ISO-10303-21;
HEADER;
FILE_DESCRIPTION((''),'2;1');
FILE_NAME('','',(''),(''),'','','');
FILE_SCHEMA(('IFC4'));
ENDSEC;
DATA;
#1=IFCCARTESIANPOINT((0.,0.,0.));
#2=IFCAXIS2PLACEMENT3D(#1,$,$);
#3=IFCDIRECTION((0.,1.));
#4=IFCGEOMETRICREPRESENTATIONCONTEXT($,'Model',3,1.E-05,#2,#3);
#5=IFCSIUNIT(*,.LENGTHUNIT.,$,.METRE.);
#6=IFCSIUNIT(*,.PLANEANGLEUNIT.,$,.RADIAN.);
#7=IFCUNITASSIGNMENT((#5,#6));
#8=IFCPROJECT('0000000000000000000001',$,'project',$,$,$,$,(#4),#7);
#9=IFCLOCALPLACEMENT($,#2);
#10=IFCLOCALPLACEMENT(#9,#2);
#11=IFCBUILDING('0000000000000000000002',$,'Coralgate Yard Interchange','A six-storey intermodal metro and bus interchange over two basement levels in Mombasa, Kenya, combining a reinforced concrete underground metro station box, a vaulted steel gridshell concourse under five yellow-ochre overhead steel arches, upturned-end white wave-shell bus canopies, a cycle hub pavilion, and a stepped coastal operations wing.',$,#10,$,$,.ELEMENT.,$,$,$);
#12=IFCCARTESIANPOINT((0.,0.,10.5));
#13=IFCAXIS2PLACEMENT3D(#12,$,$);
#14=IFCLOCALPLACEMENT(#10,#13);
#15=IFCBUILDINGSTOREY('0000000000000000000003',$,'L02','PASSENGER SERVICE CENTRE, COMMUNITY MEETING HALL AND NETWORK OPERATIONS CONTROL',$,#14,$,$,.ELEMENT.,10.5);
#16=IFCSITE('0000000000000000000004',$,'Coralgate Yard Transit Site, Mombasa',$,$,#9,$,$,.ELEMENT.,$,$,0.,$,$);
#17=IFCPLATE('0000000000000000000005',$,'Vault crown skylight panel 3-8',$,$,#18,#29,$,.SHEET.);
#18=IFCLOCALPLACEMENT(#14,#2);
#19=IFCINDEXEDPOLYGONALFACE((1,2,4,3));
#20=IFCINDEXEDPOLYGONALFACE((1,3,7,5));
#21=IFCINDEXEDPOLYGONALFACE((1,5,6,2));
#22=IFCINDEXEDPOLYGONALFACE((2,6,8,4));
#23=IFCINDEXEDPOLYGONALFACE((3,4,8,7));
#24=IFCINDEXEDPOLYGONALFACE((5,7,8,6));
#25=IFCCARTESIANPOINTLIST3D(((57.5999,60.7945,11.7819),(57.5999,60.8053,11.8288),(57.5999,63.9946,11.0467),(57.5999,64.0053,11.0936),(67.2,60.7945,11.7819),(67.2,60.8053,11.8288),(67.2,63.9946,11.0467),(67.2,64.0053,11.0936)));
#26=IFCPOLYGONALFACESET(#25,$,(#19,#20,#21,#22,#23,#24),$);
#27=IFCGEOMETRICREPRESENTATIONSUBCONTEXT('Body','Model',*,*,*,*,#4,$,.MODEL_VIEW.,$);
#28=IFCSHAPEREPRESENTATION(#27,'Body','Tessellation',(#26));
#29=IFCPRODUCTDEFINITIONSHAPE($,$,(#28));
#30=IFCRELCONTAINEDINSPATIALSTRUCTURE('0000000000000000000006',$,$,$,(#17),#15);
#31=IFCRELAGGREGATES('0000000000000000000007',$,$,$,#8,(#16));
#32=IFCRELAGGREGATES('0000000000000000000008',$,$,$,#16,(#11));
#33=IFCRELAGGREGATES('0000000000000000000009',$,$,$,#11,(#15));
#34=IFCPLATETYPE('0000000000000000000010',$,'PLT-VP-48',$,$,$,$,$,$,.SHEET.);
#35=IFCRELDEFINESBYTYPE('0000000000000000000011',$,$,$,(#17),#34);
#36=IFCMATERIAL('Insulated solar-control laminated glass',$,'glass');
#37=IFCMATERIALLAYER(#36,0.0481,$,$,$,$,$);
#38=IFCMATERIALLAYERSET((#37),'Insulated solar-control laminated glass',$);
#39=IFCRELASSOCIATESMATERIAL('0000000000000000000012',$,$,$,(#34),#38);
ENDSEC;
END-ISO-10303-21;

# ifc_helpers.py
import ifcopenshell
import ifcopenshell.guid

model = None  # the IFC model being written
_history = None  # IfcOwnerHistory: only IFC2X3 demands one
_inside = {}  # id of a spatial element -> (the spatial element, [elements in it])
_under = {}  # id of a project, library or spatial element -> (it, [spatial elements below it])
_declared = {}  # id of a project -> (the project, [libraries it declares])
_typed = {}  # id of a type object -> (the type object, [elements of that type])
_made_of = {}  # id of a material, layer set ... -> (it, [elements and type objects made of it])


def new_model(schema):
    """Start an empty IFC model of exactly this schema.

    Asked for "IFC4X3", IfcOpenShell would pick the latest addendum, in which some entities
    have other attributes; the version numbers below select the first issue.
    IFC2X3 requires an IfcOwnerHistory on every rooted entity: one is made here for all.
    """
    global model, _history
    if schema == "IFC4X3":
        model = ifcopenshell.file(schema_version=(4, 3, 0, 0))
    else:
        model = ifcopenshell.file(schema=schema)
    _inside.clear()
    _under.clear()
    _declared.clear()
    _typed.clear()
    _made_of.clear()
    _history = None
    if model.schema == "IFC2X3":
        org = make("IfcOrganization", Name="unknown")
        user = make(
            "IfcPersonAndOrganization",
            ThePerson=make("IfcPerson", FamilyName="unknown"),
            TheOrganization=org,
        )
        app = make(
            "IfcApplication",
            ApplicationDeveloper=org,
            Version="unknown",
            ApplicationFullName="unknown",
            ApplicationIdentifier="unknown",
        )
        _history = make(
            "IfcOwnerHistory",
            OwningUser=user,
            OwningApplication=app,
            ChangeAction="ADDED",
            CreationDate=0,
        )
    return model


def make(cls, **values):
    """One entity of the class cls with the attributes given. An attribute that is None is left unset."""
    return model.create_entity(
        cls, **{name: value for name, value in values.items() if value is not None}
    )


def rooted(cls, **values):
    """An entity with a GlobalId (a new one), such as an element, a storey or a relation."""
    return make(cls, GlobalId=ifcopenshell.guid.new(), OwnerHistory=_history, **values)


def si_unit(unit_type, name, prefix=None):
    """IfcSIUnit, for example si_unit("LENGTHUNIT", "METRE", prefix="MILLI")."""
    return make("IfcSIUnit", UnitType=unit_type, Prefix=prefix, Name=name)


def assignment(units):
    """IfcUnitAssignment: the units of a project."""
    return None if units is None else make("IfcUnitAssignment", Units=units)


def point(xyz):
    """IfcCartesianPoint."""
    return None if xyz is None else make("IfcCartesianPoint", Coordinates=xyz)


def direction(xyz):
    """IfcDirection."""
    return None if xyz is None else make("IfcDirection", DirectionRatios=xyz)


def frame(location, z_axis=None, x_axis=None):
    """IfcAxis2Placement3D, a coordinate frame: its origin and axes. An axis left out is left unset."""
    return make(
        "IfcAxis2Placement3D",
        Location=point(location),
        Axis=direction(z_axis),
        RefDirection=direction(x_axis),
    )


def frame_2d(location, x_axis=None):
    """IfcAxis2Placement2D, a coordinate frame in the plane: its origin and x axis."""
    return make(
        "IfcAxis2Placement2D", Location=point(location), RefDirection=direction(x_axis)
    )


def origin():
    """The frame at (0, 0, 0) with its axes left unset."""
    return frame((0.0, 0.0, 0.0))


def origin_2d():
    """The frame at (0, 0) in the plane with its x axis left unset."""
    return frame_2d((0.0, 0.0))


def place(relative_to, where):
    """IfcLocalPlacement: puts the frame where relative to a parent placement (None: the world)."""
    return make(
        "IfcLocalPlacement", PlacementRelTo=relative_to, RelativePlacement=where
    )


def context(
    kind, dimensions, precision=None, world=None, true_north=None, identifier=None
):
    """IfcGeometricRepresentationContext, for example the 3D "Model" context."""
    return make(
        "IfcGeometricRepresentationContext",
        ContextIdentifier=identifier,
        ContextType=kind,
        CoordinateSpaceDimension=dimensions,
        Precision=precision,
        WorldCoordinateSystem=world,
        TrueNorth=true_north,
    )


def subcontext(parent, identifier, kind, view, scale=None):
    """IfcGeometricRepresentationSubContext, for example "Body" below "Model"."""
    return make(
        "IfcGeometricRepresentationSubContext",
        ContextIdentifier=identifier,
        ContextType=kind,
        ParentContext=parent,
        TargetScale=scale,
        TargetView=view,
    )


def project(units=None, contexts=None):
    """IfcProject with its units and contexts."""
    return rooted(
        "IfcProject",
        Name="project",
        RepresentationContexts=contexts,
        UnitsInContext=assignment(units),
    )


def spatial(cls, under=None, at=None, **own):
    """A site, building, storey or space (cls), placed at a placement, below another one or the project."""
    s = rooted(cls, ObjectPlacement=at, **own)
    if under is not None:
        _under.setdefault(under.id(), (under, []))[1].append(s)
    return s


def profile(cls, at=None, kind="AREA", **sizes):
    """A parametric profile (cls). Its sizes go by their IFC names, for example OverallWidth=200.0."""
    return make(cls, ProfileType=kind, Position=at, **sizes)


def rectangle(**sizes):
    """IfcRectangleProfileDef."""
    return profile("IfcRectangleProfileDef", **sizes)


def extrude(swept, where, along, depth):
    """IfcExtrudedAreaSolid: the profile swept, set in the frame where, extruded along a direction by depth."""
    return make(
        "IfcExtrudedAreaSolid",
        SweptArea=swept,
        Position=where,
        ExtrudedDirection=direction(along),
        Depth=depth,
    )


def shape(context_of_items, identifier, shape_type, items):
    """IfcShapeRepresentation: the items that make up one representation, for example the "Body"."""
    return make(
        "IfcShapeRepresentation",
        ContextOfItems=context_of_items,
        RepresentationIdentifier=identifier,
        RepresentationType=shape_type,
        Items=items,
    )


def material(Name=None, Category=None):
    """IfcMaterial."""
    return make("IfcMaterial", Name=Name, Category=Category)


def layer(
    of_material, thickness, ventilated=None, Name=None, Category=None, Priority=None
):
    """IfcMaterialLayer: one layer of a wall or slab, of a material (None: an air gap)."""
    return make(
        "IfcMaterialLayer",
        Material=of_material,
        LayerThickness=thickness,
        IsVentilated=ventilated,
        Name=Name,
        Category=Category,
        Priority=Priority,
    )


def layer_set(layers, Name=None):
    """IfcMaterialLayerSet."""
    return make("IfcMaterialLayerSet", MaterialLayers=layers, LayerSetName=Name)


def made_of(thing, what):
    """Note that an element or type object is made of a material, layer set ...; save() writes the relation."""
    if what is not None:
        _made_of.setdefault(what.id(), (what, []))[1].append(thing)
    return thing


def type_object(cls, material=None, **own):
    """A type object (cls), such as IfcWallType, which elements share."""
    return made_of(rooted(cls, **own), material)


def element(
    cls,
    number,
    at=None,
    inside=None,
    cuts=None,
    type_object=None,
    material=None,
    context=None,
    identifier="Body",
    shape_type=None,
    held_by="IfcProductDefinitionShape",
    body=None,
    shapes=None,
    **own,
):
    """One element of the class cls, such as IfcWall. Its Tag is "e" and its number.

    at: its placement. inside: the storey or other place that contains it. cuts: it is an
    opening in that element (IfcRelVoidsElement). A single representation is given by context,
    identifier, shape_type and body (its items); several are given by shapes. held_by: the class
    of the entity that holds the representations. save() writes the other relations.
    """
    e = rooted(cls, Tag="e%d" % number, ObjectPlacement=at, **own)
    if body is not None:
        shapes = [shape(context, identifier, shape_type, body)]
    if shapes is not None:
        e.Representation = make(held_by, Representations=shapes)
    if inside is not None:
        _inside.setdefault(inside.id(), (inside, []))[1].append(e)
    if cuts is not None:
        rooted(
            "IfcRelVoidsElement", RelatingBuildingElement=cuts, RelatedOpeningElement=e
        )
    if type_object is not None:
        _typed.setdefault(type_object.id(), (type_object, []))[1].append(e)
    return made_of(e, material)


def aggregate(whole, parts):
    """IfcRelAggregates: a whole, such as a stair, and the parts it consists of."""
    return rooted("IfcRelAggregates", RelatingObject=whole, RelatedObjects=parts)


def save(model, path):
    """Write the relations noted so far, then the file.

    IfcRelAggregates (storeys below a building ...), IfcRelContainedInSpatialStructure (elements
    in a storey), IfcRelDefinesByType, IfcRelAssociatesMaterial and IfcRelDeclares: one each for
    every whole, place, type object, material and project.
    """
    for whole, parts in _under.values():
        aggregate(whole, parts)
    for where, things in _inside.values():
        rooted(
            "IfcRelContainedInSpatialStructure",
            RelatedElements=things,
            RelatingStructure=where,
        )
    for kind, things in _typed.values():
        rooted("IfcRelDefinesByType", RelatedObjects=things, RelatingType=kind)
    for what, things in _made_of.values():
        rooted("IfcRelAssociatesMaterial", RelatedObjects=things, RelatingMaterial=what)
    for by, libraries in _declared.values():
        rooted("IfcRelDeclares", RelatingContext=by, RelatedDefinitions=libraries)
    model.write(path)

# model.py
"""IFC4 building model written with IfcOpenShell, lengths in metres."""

from ifc_helpers import new_model, si_unit, direction, frame, origin, origin_2d, place, context, subcontext, project, spatial, rectangle, extrude, material, layer, layer_set, type_object, element, save


model = new_model("IFC4")

# Units and contexts
model_context = context("Model", 3, precision=1e-05, world=origin(), true_north=direction((0.0, 1.0)))
body_context = subcontext(model_context, "Body", "Model", "MODEL_VIEW")
ifc_project = project(units=[si_unit("LENGTHUNIT", "METRE"), si_unit("PLANEANGLEUNIT", "RADIAN")], contexts=[model_context])

# Site, building, storey
site_placement = place(None, origin())
site = spatial("IfcSite", under=ifc_project, at=site_placement, Name="Coralgate Yard Transit Site, Mombasa", CompositionType="ELEMENT", RefElevation=0.0)
building_placement = place(site_placement, origin())
building = spatial("IfcBuilding", under=site, at=building_placement, Name="Coralgate Yard Interchange", Description="A six-storey intermodal metro and bus interchange over two basement levels in Mombasa, Kenya, combining a reinforced concrete underground metro station box, a vaulted steel gridshell concourse under five yellow-ochre overhead steel arches, upturned-end white wave-shell bus canopies, a cycle hub pavilion, and a stepped coastal operations wing.", CompositionType="ELEMENT")
storey_placement = place(building_placement, frame((0.0, 0.0, 10.5)))
storey = spatial("IfcBuildingStorey", under=building, at=storey_placement, Name="L02", Description="PASSENGER SERVICE CENTRE, COMMUNITY MEETING HALL AND NETWORK OPERATIONS CONTROL", CompositionType="ELEMENT", Elevation=10.5)

# Plate
ifc_material_1 = material(Name="Insulated solar-control laminated glass", Category="glass")
ifc_layer_1 = layer(ifc_material_1, 0.0481)
ifc_layer_set_1 = layer_set([ifc_layer_1], Name="Insulated solar-control laminated glass")
plate_type_1 = type_object("IfcPlateType", Name="PLT-VP-48", PredefinedType="SHEET", material=ifc_layer_set_1)
plate_1_placement = place(storey_placement, frame((62.3999, 62.3945, 11.4143), z_axis=(0.0, 0.223916, 0.974608), x_axis=(1.0, 0.0, 0.0)))
element("IfcPlate", 1, at=plate_1_placement, inside=storey, type_object=plate_type_1, Name="Vault crown skylight panel 3-8", PredefinedType="SHEET", context=body_context, shape_type="SweptSolid", body=[
    extrude(rectangle(XDim=9.6001, YDim=3.2834, at=origin_2d()), origin(), (0.0, 0.0, 1.0), 0.0481),
])

save(model, "model.ifc")
